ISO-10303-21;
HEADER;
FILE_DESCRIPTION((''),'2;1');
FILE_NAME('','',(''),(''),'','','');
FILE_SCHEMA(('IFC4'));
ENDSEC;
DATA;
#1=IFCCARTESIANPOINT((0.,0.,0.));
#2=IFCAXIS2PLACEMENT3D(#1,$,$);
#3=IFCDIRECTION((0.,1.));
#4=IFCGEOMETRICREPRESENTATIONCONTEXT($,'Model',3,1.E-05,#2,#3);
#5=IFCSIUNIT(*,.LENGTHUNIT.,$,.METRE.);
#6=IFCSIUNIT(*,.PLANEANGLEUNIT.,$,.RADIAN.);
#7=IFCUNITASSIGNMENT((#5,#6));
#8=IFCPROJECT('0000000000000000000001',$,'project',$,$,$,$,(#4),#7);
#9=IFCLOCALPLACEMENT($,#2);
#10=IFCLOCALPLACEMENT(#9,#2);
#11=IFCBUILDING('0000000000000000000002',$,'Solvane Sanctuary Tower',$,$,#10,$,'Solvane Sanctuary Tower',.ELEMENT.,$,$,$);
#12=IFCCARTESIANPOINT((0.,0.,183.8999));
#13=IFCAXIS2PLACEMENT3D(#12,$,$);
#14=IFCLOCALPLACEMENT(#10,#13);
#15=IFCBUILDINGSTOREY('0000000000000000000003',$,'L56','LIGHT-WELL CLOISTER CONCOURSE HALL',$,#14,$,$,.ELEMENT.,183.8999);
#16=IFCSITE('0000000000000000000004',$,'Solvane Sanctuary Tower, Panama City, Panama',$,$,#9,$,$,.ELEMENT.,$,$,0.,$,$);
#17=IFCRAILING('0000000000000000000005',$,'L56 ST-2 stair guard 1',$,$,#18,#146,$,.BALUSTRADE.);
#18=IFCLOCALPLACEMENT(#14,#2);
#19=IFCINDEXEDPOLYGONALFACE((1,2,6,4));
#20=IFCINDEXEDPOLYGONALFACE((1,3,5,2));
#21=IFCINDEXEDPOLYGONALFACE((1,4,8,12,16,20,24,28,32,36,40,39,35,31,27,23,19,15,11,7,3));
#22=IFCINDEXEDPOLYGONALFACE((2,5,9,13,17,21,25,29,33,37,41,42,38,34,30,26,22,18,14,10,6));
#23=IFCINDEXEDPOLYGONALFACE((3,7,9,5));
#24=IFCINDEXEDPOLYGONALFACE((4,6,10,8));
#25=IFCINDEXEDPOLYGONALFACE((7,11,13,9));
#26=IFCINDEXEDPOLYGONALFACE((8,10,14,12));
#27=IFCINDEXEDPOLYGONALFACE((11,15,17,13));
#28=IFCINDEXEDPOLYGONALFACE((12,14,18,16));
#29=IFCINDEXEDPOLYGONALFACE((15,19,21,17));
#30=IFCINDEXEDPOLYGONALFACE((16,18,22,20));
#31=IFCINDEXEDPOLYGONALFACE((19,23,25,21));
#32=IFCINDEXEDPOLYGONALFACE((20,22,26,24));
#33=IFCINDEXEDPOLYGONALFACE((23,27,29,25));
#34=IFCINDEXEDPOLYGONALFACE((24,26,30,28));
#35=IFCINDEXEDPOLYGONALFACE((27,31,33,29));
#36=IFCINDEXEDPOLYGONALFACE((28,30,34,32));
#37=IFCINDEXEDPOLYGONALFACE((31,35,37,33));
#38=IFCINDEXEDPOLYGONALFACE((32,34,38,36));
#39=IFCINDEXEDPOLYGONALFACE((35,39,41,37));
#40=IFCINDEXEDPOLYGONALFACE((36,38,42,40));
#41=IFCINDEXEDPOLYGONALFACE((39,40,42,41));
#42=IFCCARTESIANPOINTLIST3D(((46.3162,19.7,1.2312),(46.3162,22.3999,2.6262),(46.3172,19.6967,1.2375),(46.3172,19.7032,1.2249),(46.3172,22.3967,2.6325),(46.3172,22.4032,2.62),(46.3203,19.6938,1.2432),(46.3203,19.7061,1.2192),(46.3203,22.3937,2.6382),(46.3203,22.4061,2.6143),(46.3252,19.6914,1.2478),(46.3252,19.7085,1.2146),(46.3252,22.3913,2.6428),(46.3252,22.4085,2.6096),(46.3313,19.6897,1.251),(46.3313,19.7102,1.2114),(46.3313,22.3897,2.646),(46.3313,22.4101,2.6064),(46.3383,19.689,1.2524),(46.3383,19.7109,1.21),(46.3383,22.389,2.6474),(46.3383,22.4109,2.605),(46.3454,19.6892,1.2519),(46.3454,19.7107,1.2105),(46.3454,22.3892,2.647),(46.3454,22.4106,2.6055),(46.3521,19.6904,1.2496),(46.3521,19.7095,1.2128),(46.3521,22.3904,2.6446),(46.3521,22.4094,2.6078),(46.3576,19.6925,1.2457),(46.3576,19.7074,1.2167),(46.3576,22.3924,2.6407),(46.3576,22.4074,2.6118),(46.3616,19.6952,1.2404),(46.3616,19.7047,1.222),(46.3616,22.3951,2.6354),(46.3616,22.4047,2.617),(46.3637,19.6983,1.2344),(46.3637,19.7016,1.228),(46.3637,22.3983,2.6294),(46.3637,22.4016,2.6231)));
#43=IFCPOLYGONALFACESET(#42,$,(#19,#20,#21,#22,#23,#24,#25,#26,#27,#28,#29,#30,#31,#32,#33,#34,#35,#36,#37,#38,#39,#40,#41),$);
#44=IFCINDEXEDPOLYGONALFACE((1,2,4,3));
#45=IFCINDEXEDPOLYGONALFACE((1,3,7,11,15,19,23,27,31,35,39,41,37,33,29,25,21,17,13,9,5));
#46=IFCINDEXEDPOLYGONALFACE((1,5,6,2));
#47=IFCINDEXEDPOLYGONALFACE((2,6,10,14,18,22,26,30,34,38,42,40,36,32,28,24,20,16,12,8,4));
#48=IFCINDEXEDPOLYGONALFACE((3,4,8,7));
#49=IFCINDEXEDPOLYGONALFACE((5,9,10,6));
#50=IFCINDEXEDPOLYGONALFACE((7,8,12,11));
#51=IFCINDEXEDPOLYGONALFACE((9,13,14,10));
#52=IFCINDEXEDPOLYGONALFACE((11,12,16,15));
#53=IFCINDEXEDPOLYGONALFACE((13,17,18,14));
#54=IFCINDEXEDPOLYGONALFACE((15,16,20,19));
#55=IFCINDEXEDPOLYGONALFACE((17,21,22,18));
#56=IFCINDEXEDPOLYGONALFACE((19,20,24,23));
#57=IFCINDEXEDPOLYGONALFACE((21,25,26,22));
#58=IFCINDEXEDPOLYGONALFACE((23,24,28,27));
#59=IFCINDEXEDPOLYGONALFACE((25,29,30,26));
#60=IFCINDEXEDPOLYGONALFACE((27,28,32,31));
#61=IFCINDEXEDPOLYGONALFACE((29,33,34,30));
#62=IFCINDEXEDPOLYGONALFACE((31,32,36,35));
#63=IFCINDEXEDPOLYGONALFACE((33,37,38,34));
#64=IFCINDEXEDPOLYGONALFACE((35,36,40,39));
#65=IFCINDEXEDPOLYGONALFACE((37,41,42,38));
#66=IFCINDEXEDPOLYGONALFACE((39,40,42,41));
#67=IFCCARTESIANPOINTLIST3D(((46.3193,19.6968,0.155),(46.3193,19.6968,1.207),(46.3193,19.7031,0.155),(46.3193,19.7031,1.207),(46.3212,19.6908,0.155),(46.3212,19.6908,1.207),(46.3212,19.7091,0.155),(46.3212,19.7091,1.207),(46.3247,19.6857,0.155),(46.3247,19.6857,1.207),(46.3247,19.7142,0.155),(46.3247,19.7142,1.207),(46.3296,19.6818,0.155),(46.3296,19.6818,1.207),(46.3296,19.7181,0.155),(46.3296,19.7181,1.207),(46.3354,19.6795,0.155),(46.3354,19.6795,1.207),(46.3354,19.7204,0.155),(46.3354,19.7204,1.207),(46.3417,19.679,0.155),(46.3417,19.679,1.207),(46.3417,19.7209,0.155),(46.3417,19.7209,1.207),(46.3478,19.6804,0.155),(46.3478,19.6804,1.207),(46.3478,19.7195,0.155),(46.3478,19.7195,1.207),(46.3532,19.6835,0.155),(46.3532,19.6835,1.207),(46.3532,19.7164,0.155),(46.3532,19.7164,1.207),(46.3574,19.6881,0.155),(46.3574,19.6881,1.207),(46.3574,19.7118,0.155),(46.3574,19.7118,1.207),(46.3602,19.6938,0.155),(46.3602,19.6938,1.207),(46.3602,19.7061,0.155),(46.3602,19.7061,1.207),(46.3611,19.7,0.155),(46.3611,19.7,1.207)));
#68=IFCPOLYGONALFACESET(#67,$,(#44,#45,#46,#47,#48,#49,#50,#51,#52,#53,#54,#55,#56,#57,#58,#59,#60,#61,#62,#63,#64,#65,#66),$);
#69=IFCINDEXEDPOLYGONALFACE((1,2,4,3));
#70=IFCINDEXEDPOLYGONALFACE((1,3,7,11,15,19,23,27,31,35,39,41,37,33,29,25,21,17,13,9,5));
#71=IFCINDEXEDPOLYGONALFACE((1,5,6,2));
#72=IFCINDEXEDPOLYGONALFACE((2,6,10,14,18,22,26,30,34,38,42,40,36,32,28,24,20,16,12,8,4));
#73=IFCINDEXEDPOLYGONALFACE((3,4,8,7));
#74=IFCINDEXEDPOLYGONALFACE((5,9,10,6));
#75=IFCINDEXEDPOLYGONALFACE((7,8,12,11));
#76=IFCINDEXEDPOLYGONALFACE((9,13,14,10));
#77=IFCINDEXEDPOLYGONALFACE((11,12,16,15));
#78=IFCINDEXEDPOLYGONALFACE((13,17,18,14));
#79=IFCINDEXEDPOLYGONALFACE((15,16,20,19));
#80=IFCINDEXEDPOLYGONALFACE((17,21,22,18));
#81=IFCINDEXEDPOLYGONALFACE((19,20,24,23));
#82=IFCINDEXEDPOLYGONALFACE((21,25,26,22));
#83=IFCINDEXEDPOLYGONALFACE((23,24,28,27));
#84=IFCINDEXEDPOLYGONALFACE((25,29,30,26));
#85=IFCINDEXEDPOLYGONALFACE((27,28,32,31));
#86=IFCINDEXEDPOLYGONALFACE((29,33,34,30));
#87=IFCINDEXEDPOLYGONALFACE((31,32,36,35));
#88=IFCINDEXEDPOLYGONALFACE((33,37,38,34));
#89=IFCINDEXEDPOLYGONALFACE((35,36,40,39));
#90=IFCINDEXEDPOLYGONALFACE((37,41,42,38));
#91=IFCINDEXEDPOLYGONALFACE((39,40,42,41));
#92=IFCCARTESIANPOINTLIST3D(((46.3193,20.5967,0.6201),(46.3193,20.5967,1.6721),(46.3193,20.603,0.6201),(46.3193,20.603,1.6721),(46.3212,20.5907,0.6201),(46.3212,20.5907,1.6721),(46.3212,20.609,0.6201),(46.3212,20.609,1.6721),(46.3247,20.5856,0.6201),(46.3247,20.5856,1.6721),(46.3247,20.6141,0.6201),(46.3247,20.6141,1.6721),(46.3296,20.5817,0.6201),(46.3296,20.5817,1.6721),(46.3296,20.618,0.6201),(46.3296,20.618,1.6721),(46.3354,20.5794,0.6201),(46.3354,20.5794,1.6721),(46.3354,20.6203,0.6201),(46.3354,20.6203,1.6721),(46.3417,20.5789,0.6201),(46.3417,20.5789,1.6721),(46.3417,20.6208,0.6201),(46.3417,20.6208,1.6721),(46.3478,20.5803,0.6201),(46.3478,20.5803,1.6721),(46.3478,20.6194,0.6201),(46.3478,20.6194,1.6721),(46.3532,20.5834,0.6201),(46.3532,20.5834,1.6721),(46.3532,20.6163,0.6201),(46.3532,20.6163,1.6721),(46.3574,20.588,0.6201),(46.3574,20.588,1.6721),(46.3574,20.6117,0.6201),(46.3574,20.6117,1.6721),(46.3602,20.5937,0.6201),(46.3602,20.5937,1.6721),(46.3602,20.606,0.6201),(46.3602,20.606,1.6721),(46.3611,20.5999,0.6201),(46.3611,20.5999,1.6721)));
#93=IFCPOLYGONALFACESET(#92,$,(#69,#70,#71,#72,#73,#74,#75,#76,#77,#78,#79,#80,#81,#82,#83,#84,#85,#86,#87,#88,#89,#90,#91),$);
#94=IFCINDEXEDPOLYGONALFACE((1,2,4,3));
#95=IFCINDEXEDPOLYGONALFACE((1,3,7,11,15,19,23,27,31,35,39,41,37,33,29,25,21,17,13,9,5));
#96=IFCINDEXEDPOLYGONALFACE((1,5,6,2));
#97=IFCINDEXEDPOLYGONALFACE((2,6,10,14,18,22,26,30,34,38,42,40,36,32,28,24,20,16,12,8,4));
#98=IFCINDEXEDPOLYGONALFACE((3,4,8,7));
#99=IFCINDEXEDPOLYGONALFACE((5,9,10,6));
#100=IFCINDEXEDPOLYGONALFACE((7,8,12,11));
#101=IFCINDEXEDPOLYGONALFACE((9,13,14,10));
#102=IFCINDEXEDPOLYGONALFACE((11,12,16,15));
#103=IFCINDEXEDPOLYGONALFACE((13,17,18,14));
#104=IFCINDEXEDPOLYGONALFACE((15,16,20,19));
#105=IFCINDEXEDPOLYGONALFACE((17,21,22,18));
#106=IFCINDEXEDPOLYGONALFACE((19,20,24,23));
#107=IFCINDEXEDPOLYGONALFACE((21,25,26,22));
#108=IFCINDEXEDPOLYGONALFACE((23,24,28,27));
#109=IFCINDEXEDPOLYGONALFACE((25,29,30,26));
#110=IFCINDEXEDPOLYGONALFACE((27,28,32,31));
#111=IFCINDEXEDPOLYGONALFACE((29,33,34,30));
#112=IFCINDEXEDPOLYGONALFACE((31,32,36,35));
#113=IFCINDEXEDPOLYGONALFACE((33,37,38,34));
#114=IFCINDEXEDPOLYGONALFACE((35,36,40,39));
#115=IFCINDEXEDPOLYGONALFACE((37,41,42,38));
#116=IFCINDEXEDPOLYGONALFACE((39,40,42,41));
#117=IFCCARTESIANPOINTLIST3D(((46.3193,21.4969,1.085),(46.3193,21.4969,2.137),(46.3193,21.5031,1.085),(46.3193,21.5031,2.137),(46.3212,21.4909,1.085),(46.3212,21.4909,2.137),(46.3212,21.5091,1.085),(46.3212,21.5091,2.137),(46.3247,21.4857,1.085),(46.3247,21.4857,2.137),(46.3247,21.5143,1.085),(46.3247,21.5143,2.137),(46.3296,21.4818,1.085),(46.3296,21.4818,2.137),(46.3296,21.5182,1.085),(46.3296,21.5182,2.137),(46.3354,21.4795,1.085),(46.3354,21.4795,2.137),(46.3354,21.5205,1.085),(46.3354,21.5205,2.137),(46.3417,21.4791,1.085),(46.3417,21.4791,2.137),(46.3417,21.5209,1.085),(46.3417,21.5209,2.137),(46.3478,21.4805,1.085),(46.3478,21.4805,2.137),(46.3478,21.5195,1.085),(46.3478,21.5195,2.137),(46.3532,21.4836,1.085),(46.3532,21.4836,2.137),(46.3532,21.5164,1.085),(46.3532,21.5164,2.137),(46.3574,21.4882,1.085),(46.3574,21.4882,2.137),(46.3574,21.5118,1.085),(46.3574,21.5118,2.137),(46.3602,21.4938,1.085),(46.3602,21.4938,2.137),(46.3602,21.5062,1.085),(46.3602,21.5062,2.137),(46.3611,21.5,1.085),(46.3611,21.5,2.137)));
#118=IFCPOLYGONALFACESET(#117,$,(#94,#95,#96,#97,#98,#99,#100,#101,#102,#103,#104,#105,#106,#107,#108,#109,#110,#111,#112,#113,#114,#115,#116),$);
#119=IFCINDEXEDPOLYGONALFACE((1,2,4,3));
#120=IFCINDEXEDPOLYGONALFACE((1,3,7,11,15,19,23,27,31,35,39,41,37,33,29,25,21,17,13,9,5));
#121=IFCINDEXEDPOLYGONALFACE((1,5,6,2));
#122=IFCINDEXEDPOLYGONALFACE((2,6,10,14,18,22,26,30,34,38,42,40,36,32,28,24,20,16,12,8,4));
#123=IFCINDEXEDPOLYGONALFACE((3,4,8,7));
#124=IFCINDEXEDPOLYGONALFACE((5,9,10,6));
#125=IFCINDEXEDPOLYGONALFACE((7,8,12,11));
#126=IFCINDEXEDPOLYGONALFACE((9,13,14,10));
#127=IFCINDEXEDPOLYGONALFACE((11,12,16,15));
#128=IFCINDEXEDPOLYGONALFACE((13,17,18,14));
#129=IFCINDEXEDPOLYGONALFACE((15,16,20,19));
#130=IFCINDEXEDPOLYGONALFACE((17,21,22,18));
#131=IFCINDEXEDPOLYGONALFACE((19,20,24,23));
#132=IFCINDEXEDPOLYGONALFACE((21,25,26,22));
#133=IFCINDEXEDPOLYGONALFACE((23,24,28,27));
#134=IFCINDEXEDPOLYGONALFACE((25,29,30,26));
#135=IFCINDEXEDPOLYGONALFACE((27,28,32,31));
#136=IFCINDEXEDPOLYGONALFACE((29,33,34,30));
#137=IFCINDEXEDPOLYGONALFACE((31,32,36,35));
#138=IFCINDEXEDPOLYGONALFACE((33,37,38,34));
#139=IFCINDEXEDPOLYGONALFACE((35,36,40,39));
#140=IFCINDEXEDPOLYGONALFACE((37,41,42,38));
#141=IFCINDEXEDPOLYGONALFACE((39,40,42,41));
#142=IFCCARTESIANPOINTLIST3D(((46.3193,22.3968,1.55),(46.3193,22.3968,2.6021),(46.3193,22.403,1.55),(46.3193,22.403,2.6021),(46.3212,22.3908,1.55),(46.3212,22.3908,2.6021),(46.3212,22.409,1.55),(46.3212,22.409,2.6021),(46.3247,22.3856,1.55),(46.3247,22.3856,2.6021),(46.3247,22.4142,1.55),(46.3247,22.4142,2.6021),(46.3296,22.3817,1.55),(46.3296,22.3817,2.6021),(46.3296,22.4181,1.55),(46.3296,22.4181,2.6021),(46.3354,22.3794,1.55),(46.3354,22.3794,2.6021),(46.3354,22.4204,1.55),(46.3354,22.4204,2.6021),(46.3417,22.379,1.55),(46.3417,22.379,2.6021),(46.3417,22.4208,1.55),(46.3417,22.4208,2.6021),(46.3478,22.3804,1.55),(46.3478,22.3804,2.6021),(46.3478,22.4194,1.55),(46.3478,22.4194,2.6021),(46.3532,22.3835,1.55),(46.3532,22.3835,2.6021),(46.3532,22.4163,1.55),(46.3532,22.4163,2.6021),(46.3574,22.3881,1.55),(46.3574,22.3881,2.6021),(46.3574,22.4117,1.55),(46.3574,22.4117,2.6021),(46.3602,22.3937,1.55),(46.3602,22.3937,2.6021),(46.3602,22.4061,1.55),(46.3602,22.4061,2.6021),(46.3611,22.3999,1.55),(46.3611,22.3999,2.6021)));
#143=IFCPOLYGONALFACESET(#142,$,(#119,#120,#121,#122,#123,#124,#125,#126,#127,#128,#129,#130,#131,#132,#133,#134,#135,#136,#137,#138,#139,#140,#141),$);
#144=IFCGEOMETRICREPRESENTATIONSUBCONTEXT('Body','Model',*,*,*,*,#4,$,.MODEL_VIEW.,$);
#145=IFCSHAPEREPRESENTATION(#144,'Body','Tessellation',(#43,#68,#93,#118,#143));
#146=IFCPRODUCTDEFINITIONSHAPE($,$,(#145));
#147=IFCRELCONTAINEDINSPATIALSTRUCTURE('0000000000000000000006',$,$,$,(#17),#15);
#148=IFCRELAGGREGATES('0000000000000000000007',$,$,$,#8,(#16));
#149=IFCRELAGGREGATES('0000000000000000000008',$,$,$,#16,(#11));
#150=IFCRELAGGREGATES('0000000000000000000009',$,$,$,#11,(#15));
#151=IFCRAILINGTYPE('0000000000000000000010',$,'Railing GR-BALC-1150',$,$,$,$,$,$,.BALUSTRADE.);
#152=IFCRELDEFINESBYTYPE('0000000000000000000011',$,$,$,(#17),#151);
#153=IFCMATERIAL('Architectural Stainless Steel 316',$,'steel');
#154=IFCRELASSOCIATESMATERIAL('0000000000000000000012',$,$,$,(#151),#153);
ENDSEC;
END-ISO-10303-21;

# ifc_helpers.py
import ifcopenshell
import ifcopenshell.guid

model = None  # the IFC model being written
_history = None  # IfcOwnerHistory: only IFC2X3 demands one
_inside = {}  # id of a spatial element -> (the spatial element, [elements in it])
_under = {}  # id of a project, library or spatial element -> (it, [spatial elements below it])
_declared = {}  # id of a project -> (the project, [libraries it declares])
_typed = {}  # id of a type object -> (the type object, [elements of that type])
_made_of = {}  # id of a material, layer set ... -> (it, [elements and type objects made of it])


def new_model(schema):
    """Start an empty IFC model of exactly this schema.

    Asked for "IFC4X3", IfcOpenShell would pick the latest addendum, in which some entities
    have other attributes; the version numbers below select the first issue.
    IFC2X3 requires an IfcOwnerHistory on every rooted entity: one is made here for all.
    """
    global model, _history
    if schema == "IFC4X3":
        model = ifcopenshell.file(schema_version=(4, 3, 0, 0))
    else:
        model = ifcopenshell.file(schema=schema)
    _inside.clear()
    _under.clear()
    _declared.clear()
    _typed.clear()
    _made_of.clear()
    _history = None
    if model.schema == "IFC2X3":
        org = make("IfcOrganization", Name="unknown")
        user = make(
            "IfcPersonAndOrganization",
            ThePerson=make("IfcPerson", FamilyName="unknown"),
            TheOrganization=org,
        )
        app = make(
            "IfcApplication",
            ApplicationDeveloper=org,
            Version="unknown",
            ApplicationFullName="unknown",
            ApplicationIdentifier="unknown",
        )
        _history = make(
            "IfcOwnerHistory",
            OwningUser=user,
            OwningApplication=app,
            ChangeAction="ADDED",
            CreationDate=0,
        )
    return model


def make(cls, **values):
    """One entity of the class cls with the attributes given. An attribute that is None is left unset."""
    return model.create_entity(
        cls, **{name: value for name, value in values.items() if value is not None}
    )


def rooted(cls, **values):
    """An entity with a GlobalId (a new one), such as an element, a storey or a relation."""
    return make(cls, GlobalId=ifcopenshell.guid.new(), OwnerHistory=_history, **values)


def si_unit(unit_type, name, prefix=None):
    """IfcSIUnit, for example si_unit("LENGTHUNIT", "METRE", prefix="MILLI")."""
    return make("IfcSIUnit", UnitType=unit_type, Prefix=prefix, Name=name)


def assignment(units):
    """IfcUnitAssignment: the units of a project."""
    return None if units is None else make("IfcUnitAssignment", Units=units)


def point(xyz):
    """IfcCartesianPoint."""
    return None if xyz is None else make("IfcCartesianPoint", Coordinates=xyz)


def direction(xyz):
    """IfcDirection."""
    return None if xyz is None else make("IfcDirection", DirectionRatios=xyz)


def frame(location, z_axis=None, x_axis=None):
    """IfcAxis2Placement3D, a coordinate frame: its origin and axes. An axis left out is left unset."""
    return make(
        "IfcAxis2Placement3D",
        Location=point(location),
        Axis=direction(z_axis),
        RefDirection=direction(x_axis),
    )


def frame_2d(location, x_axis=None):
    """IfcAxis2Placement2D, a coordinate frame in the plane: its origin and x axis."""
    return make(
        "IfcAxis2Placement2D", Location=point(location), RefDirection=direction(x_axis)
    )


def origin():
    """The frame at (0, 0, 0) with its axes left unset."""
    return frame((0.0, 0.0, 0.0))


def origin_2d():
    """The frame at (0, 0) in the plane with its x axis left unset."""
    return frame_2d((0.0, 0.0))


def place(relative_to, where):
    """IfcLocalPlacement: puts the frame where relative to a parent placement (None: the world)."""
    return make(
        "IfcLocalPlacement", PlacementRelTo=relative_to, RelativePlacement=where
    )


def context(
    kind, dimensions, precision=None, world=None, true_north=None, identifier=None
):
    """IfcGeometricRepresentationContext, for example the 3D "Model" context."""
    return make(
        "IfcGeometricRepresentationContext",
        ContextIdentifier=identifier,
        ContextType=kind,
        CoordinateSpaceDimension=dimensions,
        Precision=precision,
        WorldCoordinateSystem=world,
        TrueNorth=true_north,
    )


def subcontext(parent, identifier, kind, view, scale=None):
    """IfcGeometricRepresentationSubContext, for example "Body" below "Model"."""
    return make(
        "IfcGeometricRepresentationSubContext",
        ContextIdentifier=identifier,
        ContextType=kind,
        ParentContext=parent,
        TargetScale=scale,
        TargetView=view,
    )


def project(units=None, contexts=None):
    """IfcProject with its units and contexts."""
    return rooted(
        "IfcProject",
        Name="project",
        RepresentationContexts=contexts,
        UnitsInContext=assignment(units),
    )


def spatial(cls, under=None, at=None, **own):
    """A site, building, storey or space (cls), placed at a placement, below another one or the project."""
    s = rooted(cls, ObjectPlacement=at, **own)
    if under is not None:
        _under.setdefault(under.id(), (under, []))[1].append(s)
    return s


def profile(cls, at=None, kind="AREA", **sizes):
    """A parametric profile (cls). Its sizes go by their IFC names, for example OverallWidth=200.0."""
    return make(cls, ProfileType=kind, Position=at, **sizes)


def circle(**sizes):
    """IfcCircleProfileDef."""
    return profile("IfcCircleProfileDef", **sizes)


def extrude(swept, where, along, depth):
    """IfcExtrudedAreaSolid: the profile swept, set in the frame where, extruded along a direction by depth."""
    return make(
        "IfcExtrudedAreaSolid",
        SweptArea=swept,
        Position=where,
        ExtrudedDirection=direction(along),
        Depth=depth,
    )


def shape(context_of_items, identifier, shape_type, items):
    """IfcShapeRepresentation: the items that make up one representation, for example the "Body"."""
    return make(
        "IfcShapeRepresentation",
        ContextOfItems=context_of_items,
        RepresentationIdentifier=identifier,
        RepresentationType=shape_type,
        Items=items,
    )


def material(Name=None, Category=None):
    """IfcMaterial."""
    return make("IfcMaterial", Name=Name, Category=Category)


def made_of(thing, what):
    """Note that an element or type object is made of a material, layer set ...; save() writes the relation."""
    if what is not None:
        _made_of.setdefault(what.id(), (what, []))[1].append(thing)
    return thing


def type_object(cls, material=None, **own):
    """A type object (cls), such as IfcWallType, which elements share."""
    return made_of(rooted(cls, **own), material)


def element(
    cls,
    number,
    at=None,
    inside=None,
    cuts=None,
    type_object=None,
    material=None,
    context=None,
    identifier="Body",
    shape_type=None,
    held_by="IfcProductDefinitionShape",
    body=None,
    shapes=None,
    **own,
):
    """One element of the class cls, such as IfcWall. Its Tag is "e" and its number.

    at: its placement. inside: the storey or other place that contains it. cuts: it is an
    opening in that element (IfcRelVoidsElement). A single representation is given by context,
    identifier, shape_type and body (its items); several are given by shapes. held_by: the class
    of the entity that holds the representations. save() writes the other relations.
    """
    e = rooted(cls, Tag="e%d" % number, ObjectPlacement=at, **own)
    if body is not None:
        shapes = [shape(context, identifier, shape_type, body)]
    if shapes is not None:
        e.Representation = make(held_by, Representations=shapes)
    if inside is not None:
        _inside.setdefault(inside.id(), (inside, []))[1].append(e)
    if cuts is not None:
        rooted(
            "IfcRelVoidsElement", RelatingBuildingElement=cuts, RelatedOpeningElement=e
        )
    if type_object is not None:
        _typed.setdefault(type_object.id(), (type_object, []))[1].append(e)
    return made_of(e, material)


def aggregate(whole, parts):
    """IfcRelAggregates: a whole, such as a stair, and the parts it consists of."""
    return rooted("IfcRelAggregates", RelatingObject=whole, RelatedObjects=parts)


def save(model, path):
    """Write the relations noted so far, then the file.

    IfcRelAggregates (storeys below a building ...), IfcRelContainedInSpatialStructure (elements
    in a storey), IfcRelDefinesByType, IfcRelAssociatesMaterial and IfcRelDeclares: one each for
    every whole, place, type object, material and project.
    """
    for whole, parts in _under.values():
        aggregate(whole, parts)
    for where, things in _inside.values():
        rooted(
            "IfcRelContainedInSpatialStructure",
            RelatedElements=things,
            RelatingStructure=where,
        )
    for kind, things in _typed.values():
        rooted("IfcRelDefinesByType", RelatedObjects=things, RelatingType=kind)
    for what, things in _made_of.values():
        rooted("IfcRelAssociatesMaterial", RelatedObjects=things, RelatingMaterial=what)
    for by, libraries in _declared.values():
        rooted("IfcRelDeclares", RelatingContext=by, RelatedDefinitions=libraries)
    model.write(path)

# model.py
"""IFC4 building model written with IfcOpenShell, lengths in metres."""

from ifc_helpers import new_model, si_unit, direction, frame, origin, origin_2d, place, context, subcontext, project, spatial, circle, extrude, material, type_object, element, save


model = new_model("IFC4")

# Units and contexts
model_context = context("Model", 3, precision=1e-05, world=origin(), true_north=direction((0.0, 1.0)))
body_context = subcontext(model_context, "Body", "Model", "MODEL_VIEW")
ifc_project = project(units=[si_unit("LENGTHUNIT", "METRE"), si_unit("PLANEANGLEUNIT", "RADIAN")], contexts=[model_context])

# Site, building, storey
site_placement = place(None, origin())
site = spatial("IfcSite", under=ifc_project, at=site_placement, Name="Solvane Sanctuary Tower, Panama City, Panama", CompositionType="ELEMENT", RefElevation=0.0)
building_placement = place(site_placement, origin())
building = spatial("IfcBuilding", under=site, at=building_placement, Name="Solvane Sanctuary Tower", LongName="Solvane Sanctuary Tower", CompositionType="ELEMENT")
storey_placement = place(building_placement, frame((0.0, 0.0, 183.8999)))
storey = spatial("IfcBuildingStorey", under=building, at=storey_placement, Name="L56", Description="LIGHT-WELL CLOISTER CONCOURSE HALL", CompositionType="ELEMENT", Elevation=183.8999)

# Shared definitions
ifc_material_1 = material(Name="Architectural Stainless Steel 316", Category="steel")

# Railing
railing_type_1 = type_object("IfcRailingType", Name="Railing GR-BALC-1150", PredefinedType="BALUSTRADE", material=ifc_material_1)
railing_1_placement = place(storey_placement, frame((46.3401, 19.7, 0.155)))
element("IfcRailing", 1, at=railing_1_placement, inside=storey, type_object=railing_type_1, Name="L56 ST-2 stair guard 1", PredefinedType="BALUSTRADE", context=body_context, shape_type="SweptSolid", body=[
    extrude(circle(Radius=0.0239, at=origin_2d()), frame((0.0, 0.0, 1.0762), z_axis=(0.0, 0.88842, 0.459032), x_axis=(-1.0, 0.0, 0.0)), (0.0, 0.0, 1.0), 3.0391),
    extrude(circle(Radius=0.021, at=origin_2d()), origin(), (0.0, 0.0, 1.0), 1.052),
    extrude(circle(Radius=0.021, at=origin_2d()), frame((0.0, 0.8999, 0.4651)), (0.0, 0.0, 1.0), 1.052),
    extrude(circle(Radius=0.021, at=origin_2d()), frame((0.0, 1.8, 0.9299)), (0.0, 0.0, 1.0), 1.052),
    extrude(circle(Radius=0.021, at=origin_2d()), frame((0.0, 2.7, 1.395)), (0.0, 0.0, 1.0), 1.052),
])

save(model, "model.ifc")
